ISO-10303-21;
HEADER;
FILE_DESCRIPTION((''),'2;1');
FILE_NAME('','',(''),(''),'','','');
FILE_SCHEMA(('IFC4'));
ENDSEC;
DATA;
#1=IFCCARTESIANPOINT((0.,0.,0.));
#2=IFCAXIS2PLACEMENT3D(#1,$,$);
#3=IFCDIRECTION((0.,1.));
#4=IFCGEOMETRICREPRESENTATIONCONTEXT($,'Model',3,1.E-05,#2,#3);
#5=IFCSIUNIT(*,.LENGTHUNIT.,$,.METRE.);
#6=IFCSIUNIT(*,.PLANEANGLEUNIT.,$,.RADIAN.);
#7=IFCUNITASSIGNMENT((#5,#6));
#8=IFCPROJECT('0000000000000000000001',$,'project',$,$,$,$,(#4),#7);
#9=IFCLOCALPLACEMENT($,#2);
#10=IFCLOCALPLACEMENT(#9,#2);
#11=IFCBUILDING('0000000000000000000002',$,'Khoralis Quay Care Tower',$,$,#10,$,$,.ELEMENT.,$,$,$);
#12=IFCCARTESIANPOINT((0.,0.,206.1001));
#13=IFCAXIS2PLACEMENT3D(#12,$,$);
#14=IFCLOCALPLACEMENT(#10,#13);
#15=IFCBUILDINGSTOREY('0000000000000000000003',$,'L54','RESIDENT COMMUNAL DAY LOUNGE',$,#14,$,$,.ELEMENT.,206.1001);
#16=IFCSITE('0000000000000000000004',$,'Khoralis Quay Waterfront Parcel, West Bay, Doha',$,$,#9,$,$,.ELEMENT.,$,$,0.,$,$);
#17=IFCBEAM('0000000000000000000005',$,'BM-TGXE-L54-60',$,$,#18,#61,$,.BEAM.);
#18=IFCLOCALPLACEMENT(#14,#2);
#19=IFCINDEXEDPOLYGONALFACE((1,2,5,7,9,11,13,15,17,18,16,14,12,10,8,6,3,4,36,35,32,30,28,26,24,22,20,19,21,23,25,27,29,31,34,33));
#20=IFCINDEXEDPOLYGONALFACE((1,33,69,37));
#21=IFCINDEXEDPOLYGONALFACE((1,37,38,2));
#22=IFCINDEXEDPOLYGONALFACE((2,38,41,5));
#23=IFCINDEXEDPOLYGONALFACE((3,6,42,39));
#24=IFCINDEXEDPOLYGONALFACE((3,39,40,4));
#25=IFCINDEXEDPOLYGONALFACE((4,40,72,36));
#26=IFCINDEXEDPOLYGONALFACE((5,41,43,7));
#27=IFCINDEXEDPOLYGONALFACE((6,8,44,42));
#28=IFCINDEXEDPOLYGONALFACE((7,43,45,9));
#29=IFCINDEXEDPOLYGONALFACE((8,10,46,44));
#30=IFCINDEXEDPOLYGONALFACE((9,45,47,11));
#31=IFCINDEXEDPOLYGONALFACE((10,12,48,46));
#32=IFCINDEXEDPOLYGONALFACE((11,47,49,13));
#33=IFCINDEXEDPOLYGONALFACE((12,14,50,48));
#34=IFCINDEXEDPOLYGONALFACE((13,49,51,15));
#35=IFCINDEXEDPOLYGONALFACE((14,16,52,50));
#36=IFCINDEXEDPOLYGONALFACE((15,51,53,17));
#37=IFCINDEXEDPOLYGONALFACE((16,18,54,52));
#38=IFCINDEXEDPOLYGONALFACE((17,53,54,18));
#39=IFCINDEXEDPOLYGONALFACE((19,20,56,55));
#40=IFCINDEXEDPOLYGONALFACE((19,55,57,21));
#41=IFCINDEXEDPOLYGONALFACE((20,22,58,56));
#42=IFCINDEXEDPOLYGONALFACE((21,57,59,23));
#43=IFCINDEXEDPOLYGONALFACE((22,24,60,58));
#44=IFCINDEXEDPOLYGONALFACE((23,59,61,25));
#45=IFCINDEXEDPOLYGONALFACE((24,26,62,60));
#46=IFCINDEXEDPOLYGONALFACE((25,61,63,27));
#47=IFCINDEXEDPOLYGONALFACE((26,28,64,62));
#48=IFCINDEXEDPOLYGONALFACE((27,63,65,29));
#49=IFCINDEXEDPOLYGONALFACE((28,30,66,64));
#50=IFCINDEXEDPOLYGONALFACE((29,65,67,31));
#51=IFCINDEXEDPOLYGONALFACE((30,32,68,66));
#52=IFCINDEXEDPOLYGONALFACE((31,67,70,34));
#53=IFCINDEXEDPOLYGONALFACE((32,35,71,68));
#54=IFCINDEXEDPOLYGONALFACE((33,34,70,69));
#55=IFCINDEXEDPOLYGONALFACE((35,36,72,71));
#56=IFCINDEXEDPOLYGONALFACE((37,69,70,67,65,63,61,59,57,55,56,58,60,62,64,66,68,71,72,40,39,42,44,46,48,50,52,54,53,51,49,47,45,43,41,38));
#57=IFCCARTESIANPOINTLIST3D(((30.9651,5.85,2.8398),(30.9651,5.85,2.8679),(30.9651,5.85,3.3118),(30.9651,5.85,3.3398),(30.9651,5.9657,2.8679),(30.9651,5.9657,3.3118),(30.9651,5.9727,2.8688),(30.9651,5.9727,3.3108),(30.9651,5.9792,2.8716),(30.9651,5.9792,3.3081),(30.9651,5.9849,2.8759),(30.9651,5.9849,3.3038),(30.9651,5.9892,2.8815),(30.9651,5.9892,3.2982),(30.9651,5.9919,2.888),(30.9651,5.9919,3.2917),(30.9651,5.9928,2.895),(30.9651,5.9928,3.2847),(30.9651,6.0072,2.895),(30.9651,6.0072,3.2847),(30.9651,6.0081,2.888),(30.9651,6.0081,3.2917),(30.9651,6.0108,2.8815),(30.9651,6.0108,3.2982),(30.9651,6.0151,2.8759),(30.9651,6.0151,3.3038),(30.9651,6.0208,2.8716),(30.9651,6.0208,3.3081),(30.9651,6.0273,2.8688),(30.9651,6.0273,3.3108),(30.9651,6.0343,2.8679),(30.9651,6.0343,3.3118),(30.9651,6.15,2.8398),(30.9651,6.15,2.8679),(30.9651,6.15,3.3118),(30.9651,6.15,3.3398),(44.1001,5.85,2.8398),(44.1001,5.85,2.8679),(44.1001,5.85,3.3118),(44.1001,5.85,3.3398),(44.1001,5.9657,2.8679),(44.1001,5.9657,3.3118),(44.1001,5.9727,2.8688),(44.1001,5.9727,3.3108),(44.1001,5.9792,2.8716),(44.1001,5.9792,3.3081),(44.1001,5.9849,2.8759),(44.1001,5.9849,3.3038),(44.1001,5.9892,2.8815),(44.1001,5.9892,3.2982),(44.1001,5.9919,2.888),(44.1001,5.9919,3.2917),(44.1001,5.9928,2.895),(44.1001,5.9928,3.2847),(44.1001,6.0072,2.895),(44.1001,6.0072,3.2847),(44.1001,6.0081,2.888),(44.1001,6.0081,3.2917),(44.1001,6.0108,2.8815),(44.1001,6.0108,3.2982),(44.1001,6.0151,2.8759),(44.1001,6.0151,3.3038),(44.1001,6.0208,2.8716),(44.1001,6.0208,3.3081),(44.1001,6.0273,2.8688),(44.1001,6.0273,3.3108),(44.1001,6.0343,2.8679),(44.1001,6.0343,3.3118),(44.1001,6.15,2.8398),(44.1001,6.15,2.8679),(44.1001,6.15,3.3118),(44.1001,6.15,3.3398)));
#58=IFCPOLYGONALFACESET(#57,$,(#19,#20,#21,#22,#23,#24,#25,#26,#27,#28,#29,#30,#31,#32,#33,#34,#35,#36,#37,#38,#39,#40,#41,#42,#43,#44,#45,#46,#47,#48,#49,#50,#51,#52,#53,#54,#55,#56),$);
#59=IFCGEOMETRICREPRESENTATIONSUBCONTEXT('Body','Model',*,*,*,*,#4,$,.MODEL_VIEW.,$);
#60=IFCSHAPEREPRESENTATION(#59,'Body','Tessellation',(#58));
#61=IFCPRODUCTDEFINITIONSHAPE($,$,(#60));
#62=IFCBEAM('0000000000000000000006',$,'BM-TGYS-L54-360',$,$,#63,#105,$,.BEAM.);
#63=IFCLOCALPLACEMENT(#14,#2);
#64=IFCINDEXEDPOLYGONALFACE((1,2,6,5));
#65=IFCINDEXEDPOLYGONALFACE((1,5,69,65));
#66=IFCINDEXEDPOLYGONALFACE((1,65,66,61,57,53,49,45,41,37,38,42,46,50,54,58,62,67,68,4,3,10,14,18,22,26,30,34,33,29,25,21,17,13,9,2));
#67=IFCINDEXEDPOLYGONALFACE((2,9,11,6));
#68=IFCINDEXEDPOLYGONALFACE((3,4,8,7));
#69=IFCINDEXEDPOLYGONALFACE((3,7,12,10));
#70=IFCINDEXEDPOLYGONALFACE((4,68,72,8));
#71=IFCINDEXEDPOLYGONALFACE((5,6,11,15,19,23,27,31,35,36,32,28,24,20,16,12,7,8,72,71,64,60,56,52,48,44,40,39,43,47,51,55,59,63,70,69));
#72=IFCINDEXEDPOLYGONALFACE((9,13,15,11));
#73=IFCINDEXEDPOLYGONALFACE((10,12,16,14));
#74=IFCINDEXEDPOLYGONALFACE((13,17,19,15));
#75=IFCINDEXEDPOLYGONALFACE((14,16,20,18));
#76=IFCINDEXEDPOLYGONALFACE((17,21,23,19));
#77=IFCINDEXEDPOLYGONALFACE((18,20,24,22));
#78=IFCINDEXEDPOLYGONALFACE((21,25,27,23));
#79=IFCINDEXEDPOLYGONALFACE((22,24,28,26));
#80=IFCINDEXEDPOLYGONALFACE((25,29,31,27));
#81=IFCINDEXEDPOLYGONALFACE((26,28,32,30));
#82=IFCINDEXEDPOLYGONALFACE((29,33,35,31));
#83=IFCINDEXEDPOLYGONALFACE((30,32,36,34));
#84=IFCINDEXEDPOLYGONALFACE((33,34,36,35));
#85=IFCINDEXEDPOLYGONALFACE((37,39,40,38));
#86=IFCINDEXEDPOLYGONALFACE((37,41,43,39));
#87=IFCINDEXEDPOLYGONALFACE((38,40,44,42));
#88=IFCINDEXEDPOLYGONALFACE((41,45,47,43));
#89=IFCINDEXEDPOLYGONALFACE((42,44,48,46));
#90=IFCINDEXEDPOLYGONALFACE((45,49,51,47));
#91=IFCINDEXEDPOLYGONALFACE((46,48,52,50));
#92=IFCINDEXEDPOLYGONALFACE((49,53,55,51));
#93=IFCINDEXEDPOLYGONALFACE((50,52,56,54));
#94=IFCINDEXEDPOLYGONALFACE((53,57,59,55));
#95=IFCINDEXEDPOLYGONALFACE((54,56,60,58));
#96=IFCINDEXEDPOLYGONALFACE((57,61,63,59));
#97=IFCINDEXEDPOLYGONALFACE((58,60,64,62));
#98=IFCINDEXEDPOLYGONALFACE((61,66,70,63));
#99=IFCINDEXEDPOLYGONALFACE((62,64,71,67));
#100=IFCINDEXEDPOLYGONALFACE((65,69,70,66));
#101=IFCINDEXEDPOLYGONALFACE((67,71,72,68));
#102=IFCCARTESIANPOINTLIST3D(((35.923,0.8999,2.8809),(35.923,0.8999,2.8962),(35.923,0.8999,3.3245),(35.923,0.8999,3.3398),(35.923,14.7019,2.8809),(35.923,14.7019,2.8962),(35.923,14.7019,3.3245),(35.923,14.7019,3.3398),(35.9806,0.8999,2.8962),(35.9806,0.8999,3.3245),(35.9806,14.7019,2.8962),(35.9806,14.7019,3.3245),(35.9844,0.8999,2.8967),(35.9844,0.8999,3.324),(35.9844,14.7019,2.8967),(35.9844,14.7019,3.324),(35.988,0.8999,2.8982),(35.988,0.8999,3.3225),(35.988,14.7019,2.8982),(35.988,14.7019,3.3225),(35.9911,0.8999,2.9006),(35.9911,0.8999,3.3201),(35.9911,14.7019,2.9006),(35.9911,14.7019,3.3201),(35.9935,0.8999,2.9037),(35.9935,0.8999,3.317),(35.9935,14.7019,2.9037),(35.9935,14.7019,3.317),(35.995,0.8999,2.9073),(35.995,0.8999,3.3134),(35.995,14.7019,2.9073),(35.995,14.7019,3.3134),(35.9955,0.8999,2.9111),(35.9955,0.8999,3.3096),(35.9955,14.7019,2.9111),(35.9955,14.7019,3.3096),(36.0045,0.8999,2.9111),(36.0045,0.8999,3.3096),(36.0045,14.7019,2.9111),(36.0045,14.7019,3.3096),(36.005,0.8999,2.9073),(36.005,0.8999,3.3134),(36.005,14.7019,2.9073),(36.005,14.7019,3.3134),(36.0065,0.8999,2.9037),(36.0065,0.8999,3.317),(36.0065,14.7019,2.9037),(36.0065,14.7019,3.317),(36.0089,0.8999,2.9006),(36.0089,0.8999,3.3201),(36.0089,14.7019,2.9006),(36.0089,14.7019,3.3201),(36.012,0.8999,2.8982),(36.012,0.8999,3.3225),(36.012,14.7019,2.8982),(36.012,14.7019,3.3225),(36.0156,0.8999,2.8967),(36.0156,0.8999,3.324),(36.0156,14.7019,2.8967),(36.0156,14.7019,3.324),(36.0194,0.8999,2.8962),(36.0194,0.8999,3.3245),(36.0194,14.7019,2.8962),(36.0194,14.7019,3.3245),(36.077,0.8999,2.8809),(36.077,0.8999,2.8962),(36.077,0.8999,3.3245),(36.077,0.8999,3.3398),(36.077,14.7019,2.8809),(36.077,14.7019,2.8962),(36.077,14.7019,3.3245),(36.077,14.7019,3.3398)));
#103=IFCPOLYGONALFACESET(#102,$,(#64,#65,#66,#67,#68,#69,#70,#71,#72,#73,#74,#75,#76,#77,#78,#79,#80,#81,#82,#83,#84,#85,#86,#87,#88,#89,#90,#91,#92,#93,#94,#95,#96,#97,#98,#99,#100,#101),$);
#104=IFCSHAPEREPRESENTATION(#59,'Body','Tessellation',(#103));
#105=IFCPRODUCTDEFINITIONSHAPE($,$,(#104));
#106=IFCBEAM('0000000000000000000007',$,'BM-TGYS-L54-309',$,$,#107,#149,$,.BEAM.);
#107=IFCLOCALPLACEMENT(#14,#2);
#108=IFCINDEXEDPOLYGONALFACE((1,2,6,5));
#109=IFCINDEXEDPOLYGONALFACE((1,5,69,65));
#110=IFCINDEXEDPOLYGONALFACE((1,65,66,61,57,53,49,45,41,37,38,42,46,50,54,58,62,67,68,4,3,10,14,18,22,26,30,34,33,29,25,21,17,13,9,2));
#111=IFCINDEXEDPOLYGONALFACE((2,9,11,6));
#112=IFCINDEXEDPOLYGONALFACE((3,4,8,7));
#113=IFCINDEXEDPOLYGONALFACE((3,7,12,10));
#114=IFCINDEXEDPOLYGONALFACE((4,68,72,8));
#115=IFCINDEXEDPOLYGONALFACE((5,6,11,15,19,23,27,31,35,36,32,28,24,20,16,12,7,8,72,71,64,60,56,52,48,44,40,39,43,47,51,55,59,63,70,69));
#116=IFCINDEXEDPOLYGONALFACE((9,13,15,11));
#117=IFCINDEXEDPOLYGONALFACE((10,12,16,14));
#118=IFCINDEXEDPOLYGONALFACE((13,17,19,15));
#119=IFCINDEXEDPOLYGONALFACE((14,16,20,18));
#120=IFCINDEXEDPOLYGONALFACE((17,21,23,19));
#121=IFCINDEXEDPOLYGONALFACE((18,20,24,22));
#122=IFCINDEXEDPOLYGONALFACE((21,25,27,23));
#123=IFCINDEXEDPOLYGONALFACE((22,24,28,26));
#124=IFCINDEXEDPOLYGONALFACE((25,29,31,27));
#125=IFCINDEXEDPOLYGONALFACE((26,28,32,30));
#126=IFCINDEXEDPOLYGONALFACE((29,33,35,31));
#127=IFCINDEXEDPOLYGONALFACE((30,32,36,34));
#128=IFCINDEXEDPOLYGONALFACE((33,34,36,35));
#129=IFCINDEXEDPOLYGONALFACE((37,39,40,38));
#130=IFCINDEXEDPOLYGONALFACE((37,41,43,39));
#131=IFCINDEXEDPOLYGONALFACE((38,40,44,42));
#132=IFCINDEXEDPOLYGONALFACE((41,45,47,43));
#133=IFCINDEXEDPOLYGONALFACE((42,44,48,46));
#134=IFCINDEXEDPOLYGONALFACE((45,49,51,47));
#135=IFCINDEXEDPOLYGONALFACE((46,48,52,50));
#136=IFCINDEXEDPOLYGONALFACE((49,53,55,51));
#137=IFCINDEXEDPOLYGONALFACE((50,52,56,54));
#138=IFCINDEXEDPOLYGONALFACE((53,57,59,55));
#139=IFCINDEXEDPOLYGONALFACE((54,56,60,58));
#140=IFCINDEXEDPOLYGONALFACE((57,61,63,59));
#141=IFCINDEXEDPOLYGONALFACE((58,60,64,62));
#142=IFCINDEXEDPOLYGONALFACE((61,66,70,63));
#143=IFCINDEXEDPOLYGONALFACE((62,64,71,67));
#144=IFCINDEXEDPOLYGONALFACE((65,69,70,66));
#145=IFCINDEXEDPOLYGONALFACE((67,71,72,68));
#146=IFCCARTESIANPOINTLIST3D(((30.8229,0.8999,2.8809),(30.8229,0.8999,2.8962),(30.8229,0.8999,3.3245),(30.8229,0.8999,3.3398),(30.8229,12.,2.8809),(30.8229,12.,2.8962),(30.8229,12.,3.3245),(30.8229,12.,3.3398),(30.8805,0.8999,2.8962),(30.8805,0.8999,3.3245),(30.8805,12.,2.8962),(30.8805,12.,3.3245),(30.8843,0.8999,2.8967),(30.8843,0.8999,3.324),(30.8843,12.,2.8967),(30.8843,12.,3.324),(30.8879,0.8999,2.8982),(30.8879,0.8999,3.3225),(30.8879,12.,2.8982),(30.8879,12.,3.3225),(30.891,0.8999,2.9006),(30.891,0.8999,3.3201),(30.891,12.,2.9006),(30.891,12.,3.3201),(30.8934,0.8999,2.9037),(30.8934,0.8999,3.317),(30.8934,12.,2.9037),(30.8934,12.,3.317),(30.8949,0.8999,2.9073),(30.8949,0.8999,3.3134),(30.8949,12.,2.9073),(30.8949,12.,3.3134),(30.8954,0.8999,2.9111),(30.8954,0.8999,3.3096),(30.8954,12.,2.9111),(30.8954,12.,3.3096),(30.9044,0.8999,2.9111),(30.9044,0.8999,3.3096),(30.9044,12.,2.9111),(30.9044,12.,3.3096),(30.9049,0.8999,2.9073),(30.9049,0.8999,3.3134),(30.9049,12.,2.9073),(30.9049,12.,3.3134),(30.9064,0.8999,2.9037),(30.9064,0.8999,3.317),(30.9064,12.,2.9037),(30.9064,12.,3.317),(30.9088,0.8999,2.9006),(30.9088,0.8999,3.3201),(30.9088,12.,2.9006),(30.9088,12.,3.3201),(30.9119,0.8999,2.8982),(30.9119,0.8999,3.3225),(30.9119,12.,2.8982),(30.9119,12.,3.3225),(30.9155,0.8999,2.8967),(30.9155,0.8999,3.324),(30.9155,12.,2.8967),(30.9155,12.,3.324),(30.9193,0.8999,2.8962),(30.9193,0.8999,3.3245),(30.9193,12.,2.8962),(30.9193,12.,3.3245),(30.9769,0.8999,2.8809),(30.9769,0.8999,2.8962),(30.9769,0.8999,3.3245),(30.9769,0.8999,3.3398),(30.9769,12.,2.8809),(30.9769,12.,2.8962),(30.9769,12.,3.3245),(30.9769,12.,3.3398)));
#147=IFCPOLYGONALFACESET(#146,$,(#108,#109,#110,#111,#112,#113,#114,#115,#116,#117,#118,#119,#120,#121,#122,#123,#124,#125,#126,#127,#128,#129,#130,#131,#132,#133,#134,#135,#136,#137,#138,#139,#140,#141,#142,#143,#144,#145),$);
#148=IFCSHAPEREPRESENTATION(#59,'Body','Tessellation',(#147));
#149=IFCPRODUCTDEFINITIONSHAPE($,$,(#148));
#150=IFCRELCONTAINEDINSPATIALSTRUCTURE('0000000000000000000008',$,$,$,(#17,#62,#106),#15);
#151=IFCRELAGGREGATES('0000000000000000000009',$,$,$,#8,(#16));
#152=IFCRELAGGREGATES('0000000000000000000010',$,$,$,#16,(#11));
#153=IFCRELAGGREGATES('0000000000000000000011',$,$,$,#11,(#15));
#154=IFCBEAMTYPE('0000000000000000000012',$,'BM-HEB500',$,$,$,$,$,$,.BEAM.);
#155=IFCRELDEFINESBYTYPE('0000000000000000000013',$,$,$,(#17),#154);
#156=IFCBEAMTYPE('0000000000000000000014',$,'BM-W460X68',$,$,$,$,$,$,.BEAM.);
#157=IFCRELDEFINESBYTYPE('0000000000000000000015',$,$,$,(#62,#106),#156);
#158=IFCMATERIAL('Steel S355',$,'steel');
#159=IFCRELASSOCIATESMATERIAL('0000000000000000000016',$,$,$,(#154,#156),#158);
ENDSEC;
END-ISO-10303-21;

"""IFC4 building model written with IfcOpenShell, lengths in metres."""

from ifc_helpers import new_model, si_unit, direction, frame, origin, origin_2d, place, context, subcontext, project, spatial, i_section, extrude, source, transform, mapped, material, material_profile, profile_set, type_object, element, save


model = new_model("IFC4")

# Units and contexts
model_context = context("Model", 3, precision=1e-05, world=origin(), true_north=direction((0.0, 1.0)))
body_context = subcontext(model_context, "Body", "Model", "MODEL_VIEW")
ifc_project = project(units=[si_unit("LENGTHUNIT", "METRE"), si_unit("PLANEANGLEUNIT", "RADIAN")], contexts=[model_context])

# Site, building, storey
site_placement = place(None, origin())
site = spatial("IfcSite", under=ifc_project, at=site_placement, Name="Khoralis Quay Waterfront Parcel, West Bay, Doha", CompositionType="ELEMENT", RefElevation=0.0)
building_placement = place(site_placement, origin())
building = spatial("IfcBuilding", under=site, at=building_placement, Name="Khoralis Quay Care Tower", CompositionType="ELEMENT")
storey_placement = place(building_placement, frame((0.0, 0.0, 206.1001)))
storey = spatial("IfcBuildingStorey", under=building, at=storey_placement, Name="L54", Description="RESIDENT COMMUNAL DAY LOUNGE", CompositionType="ELEMENT", Elevation=206.1001)

# Beams
ifc_material_1 = material(Name="Steel S355", Category="steel")
ifc_material_profile_1 = material_profile(ifc_material_1, i_section(OverallWidth=0.3, OverallDepth=0.5, WebThickness=0.0144, FlangeThickness=0.0281, FilletRadius=0.0271, at=origin_2d()), Name="Steel S355")
ifc_profile_set_1 = profile_set([ifc_material_profile_1], Name="Steel S355")
beam_type_1 = type_object("IfcBeamType", Name="BM-HEB500", PredefinedType="BEAM", material=ifc_profile_set_1)
shared_shape_1 = source(origin(), body_context, "Body", "SweptSolid", [
    extrude(i_section(OverallWidth=0.3, OverallDepth=0.5, WebThickness=0.0144, FlangeThickness=0.0281, FilletRadius=0.0271, at=origin_2d()), origin(), (0.0, 0.0, 1.0), 13.135),
])
beam_1_placement = place(storey_placement, frame((30.9651, 6.0, 3.0898), z_axis=(1.0, 0.0, 0.0), x_axis=(0.0, 1.0, 0.0)))
element("IfcBeam", 1, at=beam_1_placement, inside=storey, type_object=beam_type_1, Name="BM-TGXE-L54-60", PredefinedType="BEAM", context=body_context, shape_type="MappedRepresentation", body=[
    mapped(shared_shape_1, transform((0.0, 0.0, 0.0), scale=1.0)),
])
ifc_material_profile_2 = material_profile(ifc_material_1, i_section(OverallWidth=0.1541, OverallDepth=0.459, WebThickness=0.009, FlangeThickness=0.0154, FilletRadius=0.0149, at=origin_2d()), Name="Steel S355")
ifc_profile_set_2 = profile_set([ifc_material_profile_2], Name="Steel S355")
beam_type_2 = type_object("IfcBeamType", Name="BM-W460X68", PredefinedType="BEAM", material=ifc_profile_set_2)
shared_shape_2 = source(origin(), body_context, "Body", "SweptSolid", [
    extrude(i_section(OverallWidth=0.1541, OverallDepth=0.459, WebThickness=0.009, FlangeThickness=0.0154, FilletRadius=0.0149, at=origin_2d()), origin(), (0.0, 0.0, 1.0), 13.802),
])
beam_2_placement = place(storey_placement, frame((36.0, 0.8999, 3.1104), z_axis=(0.0, 1.0, 0.0), x_axis=(-1.0, 0.0, 0.0)))
element("IfcBeam", 2, at=beam_2_placement, inside=storey, type_object=beam_type_2, Name="BM-TGYS-L54-360", PredefinedType="BEAM", context=body_context, shape_type="MappedRepresentation", body=[
    mapped(shared_shape_2, transform((0.0, 0.0, 0.0), scale=1.0)),
])
shared_shape_3 = source(origin(), body_context, "Body", "SweptSolid", [
    extrude(i_section(OverallWidth=0.1541, OverallDepth=0.459, WebThickness=0.009, FlangeThickness=0.0154, FilletRadius=0.0149, at=origin_2d()), origin(), (0.0, 0.0, 1.0), 11.1001),
])
beam_3_placement = place(storey_placement, frame((30.8999, 0.8999, 3.1104), z_axis=(0.0, 1.0, 0.0), x_axis=(-1.0, 0.0, 0.0)))
element("IfcBeam", 3, at=beam_3_placement, inside=storey, type_object=beam_type_2, Name="BM-TGYS-L54-309", PredefinedType="BEAM", context=body_context, shape_type="MappedRepresentation", body=[
    mapped(shared_shape_3, transform((0.0, 0.0, 0.0), scale=1.0)),
])

save(model, "model.ifc")
